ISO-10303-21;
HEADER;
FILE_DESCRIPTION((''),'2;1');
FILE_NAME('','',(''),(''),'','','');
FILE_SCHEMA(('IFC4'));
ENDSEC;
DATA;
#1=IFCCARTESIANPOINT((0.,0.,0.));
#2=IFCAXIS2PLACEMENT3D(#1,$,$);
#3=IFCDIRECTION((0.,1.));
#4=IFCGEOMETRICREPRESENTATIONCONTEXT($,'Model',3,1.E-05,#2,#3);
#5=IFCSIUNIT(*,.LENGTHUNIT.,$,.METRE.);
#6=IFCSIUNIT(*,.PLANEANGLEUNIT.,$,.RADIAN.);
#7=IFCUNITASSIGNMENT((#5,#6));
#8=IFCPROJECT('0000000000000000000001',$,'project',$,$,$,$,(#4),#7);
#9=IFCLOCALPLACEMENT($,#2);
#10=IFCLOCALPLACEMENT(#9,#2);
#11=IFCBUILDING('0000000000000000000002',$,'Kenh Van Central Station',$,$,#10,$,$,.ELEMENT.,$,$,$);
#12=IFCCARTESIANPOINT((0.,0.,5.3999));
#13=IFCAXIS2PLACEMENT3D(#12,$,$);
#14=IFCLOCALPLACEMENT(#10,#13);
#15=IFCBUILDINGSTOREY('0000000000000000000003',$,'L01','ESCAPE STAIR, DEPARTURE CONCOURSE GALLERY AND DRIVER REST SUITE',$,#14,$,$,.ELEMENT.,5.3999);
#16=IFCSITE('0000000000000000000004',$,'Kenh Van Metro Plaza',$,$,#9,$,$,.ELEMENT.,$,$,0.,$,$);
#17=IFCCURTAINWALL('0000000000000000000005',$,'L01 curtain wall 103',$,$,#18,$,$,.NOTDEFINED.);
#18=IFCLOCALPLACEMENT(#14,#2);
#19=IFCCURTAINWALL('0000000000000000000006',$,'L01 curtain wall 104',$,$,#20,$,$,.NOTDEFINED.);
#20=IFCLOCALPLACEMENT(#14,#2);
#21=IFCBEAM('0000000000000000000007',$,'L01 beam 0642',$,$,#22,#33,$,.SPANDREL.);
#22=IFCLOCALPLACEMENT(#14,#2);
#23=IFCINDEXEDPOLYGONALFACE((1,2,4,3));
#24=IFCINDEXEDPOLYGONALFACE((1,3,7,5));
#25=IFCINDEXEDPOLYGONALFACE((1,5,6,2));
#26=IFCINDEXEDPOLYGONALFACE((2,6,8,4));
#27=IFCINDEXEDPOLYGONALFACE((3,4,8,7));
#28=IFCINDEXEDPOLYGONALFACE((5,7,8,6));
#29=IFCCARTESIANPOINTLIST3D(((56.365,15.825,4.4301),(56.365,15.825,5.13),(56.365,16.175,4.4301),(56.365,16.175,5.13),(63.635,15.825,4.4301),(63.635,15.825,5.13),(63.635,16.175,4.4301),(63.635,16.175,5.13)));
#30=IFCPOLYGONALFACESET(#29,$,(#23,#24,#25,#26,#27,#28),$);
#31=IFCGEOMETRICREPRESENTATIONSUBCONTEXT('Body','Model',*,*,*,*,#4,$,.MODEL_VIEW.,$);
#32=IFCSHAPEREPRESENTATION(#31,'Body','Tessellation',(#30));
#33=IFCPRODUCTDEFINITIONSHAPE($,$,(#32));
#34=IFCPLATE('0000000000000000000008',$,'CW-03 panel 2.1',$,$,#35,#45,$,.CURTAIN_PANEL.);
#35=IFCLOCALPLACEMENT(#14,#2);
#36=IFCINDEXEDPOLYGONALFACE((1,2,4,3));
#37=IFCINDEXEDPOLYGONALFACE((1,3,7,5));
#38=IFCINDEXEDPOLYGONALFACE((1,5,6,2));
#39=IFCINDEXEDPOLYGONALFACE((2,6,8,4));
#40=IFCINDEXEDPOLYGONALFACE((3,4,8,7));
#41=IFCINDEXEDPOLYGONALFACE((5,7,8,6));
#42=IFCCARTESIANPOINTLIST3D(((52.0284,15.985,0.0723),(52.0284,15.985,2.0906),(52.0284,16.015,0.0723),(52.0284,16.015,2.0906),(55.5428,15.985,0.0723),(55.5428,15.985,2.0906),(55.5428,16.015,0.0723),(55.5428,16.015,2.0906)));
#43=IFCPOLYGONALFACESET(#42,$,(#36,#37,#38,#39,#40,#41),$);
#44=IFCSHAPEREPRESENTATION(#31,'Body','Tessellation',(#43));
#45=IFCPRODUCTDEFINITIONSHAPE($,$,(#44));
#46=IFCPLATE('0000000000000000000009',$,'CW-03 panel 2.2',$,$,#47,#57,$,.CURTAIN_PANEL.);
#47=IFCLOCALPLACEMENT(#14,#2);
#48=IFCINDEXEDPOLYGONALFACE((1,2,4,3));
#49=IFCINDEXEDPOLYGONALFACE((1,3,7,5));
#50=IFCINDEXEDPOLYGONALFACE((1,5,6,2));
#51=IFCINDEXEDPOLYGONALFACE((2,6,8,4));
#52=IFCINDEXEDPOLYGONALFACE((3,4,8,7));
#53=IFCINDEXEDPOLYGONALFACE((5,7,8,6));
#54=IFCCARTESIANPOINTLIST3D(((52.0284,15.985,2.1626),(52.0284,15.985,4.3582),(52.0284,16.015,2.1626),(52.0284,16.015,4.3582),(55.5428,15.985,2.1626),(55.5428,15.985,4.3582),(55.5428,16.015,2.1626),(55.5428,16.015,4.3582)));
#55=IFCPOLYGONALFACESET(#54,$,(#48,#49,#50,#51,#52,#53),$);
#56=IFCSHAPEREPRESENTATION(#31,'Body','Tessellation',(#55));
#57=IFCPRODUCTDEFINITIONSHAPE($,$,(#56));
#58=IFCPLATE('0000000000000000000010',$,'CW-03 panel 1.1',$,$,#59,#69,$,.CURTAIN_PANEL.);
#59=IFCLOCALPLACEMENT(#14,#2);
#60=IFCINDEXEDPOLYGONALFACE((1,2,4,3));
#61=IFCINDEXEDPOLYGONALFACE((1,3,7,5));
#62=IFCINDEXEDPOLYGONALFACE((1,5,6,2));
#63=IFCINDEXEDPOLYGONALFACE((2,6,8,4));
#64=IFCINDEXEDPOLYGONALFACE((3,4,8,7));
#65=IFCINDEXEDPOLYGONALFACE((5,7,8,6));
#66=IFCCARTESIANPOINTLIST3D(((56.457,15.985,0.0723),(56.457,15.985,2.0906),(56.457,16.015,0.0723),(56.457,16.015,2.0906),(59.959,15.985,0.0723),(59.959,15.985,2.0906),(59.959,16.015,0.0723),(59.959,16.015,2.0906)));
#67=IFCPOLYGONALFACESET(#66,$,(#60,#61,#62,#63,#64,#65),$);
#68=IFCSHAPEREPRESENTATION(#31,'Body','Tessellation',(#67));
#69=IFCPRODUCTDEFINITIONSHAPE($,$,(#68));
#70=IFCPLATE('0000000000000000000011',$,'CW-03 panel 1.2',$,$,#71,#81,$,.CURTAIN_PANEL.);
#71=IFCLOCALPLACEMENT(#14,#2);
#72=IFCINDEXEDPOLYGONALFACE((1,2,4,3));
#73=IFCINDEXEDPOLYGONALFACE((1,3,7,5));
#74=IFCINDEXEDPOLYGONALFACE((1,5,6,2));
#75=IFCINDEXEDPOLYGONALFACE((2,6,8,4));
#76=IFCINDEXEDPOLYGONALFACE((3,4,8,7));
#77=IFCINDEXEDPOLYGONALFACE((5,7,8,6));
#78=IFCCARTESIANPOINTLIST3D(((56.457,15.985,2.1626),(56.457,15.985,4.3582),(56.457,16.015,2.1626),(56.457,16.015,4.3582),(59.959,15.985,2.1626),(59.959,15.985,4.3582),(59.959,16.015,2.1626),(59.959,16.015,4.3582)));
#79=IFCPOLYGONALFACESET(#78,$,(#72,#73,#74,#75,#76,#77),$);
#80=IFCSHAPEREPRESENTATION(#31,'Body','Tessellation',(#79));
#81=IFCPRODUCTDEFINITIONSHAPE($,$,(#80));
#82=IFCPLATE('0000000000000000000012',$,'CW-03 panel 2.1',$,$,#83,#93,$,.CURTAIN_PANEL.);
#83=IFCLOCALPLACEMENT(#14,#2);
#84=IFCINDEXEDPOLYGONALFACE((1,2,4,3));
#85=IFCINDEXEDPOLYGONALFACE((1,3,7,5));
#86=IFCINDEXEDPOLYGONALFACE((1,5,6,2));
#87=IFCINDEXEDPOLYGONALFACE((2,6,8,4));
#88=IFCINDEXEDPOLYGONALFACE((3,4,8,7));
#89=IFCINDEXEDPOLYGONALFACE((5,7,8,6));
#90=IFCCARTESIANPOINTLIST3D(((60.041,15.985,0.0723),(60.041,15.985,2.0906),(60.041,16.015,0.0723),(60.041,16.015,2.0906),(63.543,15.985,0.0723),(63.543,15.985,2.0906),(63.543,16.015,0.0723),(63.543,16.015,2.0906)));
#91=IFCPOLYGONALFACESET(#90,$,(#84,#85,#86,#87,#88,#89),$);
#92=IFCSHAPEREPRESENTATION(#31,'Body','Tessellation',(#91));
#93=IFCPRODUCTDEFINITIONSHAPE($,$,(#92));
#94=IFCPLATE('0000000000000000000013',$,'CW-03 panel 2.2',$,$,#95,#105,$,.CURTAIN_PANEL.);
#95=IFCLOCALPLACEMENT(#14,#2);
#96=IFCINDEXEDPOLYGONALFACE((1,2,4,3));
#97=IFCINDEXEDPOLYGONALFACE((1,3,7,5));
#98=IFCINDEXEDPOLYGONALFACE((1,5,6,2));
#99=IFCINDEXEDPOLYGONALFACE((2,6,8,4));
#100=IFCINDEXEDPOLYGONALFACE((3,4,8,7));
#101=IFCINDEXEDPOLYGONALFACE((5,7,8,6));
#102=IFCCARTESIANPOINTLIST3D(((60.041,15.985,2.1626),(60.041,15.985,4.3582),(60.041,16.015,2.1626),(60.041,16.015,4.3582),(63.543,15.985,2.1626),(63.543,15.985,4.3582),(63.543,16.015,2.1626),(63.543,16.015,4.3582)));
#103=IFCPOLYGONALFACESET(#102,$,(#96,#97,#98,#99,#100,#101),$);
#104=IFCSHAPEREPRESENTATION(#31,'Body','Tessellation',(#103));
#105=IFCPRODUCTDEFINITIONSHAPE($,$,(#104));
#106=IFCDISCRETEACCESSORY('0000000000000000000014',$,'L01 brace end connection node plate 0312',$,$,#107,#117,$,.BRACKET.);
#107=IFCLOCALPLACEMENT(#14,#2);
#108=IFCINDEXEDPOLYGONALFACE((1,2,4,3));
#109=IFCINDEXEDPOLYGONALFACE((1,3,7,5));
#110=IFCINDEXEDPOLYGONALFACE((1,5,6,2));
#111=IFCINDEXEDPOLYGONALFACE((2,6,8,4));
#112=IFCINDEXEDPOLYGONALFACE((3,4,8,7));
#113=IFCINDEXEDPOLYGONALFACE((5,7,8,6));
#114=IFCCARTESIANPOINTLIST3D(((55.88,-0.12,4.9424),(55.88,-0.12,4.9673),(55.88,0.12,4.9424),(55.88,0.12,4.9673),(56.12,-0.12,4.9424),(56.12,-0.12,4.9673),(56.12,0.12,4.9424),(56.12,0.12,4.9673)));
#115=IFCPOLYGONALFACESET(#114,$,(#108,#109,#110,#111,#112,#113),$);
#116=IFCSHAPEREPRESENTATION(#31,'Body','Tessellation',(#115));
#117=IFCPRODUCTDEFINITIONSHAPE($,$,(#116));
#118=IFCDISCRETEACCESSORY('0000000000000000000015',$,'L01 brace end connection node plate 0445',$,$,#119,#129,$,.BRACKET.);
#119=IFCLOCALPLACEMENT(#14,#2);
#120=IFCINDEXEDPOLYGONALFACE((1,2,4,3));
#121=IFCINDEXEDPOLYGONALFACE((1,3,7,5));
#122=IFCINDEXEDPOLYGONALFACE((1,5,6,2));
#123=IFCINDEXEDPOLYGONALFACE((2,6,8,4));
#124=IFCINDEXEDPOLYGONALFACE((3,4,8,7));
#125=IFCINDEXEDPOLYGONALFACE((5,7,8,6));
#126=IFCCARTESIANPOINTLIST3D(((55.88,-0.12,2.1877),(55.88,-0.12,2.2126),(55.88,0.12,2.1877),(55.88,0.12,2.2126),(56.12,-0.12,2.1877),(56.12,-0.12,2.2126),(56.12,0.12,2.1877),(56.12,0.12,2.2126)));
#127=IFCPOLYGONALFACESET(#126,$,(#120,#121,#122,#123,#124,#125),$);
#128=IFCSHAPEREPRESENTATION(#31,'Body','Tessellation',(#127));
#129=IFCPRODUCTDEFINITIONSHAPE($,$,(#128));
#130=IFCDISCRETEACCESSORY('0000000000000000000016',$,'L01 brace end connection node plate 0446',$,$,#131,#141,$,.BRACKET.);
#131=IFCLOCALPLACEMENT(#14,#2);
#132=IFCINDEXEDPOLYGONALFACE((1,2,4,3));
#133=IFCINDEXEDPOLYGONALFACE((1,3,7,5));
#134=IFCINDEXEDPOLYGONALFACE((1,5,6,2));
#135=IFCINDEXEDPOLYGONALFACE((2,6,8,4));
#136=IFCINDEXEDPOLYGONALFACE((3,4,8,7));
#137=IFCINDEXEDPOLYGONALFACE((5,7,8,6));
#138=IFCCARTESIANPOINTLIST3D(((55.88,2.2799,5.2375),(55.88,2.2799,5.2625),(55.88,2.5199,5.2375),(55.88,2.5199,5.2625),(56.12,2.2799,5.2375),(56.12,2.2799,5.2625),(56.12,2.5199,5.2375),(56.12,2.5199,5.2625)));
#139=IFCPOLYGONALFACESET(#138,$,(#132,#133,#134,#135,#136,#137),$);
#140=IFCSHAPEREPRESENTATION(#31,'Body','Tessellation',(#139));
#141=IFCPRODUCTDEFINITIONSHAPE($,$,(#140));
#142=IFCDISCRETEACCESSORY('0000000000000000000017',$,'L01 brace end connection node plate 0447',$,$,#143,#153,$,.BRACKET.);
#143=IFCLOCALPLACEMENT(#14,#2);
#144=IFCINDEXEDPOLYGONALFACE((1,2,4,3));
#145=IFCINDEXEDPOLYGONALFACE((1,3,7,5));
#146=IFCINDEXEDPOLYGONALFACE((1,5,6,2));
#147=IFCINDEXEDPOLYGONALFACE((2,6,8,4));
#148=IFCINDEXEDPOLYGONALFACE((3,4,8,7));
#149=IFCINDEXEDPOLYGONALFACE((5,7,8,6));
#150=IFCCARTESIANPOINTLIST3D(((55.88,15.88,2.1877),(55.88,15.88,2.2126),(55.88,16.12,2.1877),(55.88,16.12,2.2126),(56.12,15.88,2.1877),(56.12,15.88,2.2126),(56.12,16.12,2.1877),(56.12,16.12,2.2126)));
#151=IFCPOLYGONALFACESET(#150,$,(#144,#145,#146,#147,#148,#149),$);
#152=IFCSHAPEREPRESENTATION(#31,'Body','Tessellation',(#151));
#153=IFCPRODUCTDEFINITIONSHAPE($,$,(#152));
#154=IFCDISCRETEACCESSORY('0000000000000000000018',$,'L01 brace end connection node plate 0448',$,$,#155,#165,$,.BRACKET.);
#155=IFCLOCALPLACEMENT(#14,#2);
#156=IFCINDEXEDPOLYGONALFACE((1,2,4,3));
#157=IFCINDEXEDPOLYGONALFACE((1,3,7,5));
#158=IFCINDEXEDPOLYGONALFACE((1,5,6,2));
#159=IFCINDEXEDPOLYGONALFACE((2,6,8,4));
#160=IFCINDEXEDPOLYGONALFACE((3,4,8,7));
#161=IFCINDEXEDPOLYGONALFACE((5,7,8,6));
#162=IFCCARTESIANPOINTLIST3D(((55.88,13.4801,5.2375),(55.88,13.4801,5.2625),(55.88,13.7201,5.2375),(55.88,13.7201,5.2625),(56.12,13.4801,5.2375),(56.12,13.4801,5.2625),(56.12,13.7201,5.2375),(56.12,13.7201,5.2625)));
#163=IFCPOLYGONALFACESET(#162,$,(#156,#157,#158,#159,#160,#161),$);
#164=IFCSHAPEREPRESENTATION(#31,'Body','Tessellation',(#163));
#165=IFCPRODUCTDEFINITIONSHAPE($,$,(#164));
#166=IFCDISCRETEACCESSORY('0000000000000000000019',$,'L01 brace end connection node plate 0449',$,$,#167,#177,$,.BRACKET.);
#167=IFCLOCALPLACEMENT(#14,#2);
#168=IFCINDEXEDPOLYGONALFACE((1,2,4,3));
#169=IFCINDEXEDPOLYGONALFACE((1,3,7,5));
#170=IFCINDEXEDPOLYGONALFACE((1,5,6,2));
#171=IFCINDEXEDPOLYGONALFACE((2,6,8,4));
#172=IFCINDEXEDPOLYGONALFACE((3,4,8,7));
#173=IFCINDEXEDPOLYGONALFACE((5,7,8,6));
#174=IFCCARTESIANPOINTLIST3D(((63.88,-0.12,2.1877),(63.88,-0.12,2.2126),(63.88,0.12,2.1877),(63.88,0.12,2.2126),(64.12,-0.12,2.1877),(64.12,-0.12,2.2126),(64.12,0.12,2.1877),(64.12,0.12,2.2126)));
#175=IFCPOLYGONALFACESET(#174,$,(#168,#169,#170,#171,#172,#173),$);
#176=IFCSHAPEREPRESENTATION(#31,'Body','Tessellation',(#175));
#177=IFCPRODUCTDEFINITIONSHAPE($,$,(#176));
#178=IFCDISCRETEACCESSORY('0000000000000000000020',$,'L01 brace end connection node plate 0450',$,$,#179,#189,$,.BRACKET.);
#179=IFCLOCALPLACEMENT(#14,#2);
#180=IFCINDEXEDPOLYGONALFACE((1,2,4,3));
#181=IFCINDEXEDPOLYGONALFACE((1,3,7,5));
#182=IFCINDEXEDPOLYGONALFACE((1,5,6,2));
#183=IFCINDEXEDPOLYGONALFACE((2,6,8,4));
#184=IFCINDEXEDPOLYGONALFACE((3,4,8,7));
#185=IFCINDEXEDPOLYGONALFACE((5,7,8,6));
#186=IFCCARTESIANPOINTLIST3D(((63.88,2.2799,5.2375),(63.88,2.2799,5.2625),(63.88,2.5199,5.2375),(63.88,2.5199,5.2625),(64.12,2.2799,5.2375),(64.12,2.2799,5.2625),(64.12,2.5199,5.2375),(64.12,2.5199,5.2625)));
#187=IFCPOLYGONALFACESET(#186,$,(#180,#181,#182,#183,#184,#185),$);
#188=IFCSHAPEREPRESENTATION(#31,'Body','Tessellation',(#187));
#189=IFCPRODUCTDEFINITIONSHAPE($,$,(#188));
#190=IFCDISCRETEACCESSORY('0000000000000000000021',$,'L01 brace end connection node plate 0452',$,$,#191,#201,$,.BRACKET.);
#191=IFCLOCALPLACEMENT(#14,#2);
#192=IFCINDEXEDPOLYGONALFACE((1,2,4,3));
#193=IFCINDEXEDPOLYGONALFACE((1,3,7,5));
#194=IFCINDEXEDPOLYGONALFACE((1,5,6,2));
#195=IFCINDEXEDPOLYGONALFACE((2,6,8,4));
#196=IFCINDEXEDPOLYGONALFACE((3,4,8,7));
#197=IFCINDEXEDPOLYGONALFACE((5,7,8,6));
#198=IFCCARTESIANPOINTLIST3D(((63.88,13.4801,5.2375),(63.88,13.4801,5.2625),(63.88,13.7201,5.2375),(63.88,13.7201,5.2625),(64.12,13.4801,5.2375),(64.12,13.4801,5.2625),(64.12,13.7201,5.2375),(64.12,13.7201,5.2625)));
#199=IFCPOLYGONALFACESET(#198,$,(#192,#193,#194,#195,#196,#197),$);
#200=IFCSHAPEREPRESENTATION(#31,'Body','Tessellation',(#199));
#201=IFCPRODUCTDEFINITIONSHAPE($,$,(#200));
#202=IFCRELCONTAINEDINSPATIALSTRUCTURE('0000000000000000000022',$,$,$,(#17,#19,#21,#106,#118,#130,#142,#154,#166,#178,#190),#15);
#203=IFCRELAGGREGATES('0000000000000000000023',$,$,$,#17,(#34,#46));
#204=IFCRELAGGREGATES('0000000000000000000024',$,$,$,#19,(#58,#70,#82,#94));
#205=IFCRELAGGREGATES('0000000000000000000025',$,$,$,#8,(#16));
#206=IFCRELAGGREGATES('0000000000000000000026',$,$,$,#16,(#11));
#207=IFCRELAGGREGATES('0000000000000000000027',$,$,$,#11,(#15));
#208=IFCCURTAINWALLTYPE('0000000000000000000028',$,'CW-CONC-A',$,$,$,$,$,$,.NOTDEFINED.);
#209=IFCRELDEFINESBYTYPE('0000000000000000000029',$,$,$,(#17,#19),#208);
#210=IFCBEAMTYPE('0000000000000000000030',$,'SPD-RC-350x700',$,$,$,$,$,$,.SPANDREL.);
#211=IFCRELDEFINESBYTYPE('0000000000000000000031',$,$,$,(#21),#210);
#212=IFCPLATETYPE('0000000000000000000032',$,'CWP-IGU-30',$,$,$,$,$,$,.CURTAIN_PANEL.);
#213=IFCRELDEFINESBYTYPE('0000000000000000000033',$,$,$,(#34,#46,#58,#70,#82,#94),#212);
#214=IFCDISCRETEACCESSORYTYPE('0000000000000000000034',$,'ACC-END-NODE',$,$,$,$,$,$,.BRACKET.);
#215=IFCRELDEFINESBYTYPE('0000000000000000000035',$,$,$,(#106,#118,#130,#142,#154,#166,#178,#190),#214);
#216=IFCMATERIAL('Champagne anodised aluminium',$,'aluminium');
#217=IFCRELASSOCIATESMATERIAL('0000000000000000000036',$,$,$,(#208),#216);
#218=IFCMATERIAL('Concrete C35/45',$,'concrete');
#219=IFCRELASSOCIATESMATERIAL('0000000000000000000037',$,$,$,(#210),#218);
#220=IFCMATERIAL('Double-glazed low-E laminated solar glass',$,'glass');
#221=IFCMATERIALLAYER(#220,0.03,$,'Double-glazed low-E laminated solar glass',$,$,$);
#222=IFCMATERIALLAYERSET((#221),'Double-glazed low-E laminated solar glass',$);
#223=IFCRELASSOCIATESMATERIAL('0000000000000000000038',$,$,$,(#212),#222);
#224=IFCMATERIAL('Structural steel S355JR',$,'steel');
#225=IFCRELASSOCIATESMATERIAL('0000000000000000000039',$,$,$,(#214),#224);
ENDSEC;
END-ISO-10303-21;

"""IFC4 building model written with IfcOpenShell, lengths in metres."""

from ifc_helpers import new_model, si_unit, direction, frame, origin, origin_2d, place, context, subcontext, project, spatial, rectangle, extrude, material, layer, layer_set, material_profile, profile_set, type_object, element, aggregate, save


model = new_model("IFC4")

# Units and contexts
model_context = context("Model", 3, precision=1e-05, world=origin(), true_north=direction((0.0, 1.0)))
body_context = subcontext(model_context, "Body", "Model", "MODEL_VIEW")
ifc_project = project(units=[si_unit("LENGTHUNIT", "METRE"), si_unit("PLANEANGLEUNIT", "RADIAN")], contexts=[model_context])

# Site, building, storey
site_placement = place(None, origin())
site = spatial("IfcSite", under=ifc_project, at=site_placement, Name="Kenh Van Metro Plaza", CompositionType="ELEMENT", RefElevation=0.0)
building_placement = place(site_placement, origin())
building = spatial("IfcBuilding", under=site, at=building_placement, Name="Kenh Van Central Station", CompositionType="ELEMENT")
storey_placement = place(building_placement, frame((0.0, 0.0, 5.3999)))
storey = spatial("IfcBuildingStorey", under=building, at=storey_placement, Name="L01", Description="ESCAPE STAIR, DEPARTURE CONCOURSE GALLERY AND DRIVER REST SUITE", CompositionType="ELEMENT", Elevation=5.3999)

# Curtain wall
ifc_material_1 = material(Name="Champagne anodised aluminium", Category="aluminium")
curtain_wall_type = type_object("IfcCurtainWallType", Name="CW-CONC-A", PredefinedType="NOTDEFINED", material=ifc_material_1)
curtain_wall_1_placement = place(storey_placement, origin())
curtain_wall_1 = element("IfcCurtainWall", 1, at=curtain_wall_1_placement, inside=storey, type_object=curtain_wall_type, Name="L01 curtain wall 103", PredefinedType="NOTDEFINED")

# Curtain wall
curtain_wall_2_placement = place(storey_placement, origin())
curtain_wall_2 = element("IfcCurtainWall", 2, at=curtain_wall_2_placement, inside=storey, type_object=curtain_wall_type, Name="L01 curtain wall 104", PredefinedType="NOTDEFINED")

# Beam
ifc_material_2 = material(Name="Concrete C35/45", Category="concrete")
ifc_material_profile_1 = material_profile(ifc_material_2, rectangle(XDim=0.3501, YDim=0.7, at=origin_2d()), Name="RC 350x700")
ifc_profile_set_1 = profile_set([ifc_material_profile_1], Name="Concrete C35/45")
beam_type = type_object("IfcBeamType", Name="SPD-RC-350x700", PredefinedType="SPANDREL", material=ifc_profile_set_1)
beam_1_placement = place(storey_placement, frame((56.365, 16.0, 4.78), z_axis=(1.0, 0.0, 0.0), x_axis=(0.0, 1.0, 0.0)))
element("IfcBeam", 3, at=beam_1_placement, inside=storey, type_object=beam_type, Name="L01 beam 0642", PredefinedType="SPANDREL", context=body_context, shape_type="SweptSolid", body=[
    extrude(rectangle(XDim=0.3501, YDim=0.7, at=origin_2d()), origin(), (0.0, 0.0, 1.0), 7.27),
])

# Plates
ifc_material_3 = material(Name="Double-glazed low-E laminated solar glass", Category="glass")
ifc_layer = layer(ifc_material_3, 0.03, Name="Double-glazed low-E laminated solar glass")
ifc_layer_set = layer_set([ifc_layer], Name="Double-glazed low-E laminated solar glass")
plate_type = type_object("IfcPlateType", Name="CWP-IGU-30", PredefinedType="CURTAIN_PANEL", material=ifc_layer_set)
plate_1_placement = place(storey_placement, frame((53.7856, 16.0, 0.0723), z_axis=(0.0, 0.0, 1.0), x_axis=(1.0, 0.0, 0.0)))
plate_1 = element("IfcPlate", 4, at=plate_1_placement, type_object=plate_type, Name="CW-03 panel 2.1", PredefinedType="CURTAIN_PANEL", context=body_context, shape_type="SweptSolid", body=[
    extrude(rectangle(XDim=3.5144, YDim=0.03, at=origin_2d()), origin(), (0.0, 0.0, 1.0), 2.0183),
])
plate_2_placement = place(storey_placement, frame((53.7856, 16.0, 2.1626), z_axis=(0.0, 0.0, 1.0), x_axis=(1.0, 0.0, 0.0)))
plate_2 = element("IfcPlate", 5, at=plate_2_placement, type_object=plate_type, Name="CW-03 panel 2.2", PredefinedType="CURTAIN_PANEL", context=body_context, shape_type="SweptSolid", body=[
    extrude(rectangle(XDim=3.5144, YDim=0.03, at=origin_2d()), origin(), (0.0, 0.0, 1.0), 2.1956),
])
aggregate(curtain_wall_1, [plate_1, plate_2])
plate_3_placement = place(storey_placement, frame((58.208, 16.0, 0.0723), z_axis=(0.0, 0.0, 1.0), x_axis=(1.0, 0.0, 0.0)))
plate_3 = element("IfcPlate", 6, at=plate_3_placement, type_object=plate_type, Name="CW-03 panel 1.1", PredefinedType="CURTAIN_PANEL", context=body_context, shape_type="SweptSolid", body=[
    extrude(rectangle(XDim=3.502, YDim=0.03, at=origin_2d()), origin(), (0.0, 0.0, 1.0), 2.0183),
])
plate_4_placement = place(storey_placement, frame((58.208, 16.0, 2.1626), z_axis=(0.0, 0.0, 1.0), x_axis=(1.0, 0.0, 0.0)))
plate_4 = element("IfcPlate", 7, at=plate_4_placement, type_object=plate_type, Name="CW-03 panel 1.2", PredefinedType="CURTAIN_PANEL", context=body_context, shape_type="SweptSolid", body=[
    extrude(rectangle(XDim=3.502, YDim=0.03, at=origin_2d()), origin(), (0.0, 0.0, 1.0), 2.1956),
])
plate_5_placement = place(storey_placement, frame((61.792, 16.0, 0.0723), z_axis=(0.0, 0.0, 1.0), x_axis=(1.0, 0.0, 0.0)))
plate_5 = element("IfcPlate", 8, at=plate_5_placement, type_object=plate_type, Name="CW-03 panel 2.1", PredefinedType="CURTAIN_PANEL", context=body_context, shape_type="SweptSolid", body=[
    extrude(rectangle(XDim=3.502, YDim=0.03, at=origin_2d()), origin(), (0.0, 0.0, 1.0), 2.0183),
])
plate_6_placement = place(storey_placement, frame((61.792, 16.0, 2.1626), z_axis=(0.0, 0.0, 1.0), x_axis=(1.0, 0.0, 0.0)))
plate_6 = element("IfcPlate", 9, at=plate_6_placement, type_object=plate_type, Name="CW-03 panel 2.2", PredefinedType="CURTAIN_PANEL", context=body_context, shape_type="SweptSolid", body=[
    extrude(rectangle(XDim=3.502, YDim=0.03, at=origin_2d()), origin(), (0.0, 0.0, 1.0), 2.1956),
])
aggregate(curtain_wall_2, [plate_3, plate_4, plate_5, plate_6])

# Discrete accessories
ifc_material_4 = material(Name="Structural steel S355JR", Category="steel")
discrete_accessory_type = type_object("IfcDiscreteAccessoryType", Name="ACC-END-NODE", PredefinedType="BRACKET", material=ifc_material_4)
for number, where, z_axis, x_axis, name in (
    (10, (56.0, 0.0, 4.9424), (0.0, 0.0, 1.0), (1.0, 0.0, 0.0), "L01 brace end connection node plate 0312"),
    (11, (56.0, 0.0, 2.1877), (0.0, 0.0, 1.0), (1.0, 0.0, 0.0), "L01 brace end connection node plate 0445"),
    (12, (56.0, 2.3999, 5.2375), (0.0, 0.0, 1.0), (1.0, 0.0, 0.0), "L01 brace end connection node plate 0446"),
    (13, (56.0, 16.0, 2.1877), (0.0, 0.0, 1.0), (1.0, 0.0, 0.0), "L01 brace end connection node plate 0447"),
    (14, (56.0, 13.6001, 5.2375), (0.0, 0.0, 1.0), (1.0, 0.0, 0.0), "L01 brace end connection node plate 0448"),
    (15, (64.0, 0.0, 2.1877), (0.0, 0.0, 1.0), (1.0, 0.0, 0.0), "L01 brace end connection node plate 0449"),
    (16, (64.0, 2.3999, 5.2375), (0.0, 0.0, 1.0), (1.0, 0.0, 0.0), "L01 brace end connection node plate 0450"),
    (17, (64.0, 13.6001, 5.2375), (0.0, 0.0, 1.0), (1.0, 0.0, 0.0), "L01 brace end connection node plate 0452"),
):
    element("IfcDiscreteAccessory", number, at=place(storey_placement, frame(where, z_axis=z_axis, x_axis=x_axis)), inside=storey, type_object=discrete_accessory_type, Name=name, PredefinedType="BRACKET", context=body_context, shape_type="SweptSolid", body=[
        extrude(rectangle(XDim=0.24, YDim=0.24, at=origin_2d()), origin(), (0.0, 0.0, 1.0), 0.0249),
    ])

save(model, "model.ifc")
